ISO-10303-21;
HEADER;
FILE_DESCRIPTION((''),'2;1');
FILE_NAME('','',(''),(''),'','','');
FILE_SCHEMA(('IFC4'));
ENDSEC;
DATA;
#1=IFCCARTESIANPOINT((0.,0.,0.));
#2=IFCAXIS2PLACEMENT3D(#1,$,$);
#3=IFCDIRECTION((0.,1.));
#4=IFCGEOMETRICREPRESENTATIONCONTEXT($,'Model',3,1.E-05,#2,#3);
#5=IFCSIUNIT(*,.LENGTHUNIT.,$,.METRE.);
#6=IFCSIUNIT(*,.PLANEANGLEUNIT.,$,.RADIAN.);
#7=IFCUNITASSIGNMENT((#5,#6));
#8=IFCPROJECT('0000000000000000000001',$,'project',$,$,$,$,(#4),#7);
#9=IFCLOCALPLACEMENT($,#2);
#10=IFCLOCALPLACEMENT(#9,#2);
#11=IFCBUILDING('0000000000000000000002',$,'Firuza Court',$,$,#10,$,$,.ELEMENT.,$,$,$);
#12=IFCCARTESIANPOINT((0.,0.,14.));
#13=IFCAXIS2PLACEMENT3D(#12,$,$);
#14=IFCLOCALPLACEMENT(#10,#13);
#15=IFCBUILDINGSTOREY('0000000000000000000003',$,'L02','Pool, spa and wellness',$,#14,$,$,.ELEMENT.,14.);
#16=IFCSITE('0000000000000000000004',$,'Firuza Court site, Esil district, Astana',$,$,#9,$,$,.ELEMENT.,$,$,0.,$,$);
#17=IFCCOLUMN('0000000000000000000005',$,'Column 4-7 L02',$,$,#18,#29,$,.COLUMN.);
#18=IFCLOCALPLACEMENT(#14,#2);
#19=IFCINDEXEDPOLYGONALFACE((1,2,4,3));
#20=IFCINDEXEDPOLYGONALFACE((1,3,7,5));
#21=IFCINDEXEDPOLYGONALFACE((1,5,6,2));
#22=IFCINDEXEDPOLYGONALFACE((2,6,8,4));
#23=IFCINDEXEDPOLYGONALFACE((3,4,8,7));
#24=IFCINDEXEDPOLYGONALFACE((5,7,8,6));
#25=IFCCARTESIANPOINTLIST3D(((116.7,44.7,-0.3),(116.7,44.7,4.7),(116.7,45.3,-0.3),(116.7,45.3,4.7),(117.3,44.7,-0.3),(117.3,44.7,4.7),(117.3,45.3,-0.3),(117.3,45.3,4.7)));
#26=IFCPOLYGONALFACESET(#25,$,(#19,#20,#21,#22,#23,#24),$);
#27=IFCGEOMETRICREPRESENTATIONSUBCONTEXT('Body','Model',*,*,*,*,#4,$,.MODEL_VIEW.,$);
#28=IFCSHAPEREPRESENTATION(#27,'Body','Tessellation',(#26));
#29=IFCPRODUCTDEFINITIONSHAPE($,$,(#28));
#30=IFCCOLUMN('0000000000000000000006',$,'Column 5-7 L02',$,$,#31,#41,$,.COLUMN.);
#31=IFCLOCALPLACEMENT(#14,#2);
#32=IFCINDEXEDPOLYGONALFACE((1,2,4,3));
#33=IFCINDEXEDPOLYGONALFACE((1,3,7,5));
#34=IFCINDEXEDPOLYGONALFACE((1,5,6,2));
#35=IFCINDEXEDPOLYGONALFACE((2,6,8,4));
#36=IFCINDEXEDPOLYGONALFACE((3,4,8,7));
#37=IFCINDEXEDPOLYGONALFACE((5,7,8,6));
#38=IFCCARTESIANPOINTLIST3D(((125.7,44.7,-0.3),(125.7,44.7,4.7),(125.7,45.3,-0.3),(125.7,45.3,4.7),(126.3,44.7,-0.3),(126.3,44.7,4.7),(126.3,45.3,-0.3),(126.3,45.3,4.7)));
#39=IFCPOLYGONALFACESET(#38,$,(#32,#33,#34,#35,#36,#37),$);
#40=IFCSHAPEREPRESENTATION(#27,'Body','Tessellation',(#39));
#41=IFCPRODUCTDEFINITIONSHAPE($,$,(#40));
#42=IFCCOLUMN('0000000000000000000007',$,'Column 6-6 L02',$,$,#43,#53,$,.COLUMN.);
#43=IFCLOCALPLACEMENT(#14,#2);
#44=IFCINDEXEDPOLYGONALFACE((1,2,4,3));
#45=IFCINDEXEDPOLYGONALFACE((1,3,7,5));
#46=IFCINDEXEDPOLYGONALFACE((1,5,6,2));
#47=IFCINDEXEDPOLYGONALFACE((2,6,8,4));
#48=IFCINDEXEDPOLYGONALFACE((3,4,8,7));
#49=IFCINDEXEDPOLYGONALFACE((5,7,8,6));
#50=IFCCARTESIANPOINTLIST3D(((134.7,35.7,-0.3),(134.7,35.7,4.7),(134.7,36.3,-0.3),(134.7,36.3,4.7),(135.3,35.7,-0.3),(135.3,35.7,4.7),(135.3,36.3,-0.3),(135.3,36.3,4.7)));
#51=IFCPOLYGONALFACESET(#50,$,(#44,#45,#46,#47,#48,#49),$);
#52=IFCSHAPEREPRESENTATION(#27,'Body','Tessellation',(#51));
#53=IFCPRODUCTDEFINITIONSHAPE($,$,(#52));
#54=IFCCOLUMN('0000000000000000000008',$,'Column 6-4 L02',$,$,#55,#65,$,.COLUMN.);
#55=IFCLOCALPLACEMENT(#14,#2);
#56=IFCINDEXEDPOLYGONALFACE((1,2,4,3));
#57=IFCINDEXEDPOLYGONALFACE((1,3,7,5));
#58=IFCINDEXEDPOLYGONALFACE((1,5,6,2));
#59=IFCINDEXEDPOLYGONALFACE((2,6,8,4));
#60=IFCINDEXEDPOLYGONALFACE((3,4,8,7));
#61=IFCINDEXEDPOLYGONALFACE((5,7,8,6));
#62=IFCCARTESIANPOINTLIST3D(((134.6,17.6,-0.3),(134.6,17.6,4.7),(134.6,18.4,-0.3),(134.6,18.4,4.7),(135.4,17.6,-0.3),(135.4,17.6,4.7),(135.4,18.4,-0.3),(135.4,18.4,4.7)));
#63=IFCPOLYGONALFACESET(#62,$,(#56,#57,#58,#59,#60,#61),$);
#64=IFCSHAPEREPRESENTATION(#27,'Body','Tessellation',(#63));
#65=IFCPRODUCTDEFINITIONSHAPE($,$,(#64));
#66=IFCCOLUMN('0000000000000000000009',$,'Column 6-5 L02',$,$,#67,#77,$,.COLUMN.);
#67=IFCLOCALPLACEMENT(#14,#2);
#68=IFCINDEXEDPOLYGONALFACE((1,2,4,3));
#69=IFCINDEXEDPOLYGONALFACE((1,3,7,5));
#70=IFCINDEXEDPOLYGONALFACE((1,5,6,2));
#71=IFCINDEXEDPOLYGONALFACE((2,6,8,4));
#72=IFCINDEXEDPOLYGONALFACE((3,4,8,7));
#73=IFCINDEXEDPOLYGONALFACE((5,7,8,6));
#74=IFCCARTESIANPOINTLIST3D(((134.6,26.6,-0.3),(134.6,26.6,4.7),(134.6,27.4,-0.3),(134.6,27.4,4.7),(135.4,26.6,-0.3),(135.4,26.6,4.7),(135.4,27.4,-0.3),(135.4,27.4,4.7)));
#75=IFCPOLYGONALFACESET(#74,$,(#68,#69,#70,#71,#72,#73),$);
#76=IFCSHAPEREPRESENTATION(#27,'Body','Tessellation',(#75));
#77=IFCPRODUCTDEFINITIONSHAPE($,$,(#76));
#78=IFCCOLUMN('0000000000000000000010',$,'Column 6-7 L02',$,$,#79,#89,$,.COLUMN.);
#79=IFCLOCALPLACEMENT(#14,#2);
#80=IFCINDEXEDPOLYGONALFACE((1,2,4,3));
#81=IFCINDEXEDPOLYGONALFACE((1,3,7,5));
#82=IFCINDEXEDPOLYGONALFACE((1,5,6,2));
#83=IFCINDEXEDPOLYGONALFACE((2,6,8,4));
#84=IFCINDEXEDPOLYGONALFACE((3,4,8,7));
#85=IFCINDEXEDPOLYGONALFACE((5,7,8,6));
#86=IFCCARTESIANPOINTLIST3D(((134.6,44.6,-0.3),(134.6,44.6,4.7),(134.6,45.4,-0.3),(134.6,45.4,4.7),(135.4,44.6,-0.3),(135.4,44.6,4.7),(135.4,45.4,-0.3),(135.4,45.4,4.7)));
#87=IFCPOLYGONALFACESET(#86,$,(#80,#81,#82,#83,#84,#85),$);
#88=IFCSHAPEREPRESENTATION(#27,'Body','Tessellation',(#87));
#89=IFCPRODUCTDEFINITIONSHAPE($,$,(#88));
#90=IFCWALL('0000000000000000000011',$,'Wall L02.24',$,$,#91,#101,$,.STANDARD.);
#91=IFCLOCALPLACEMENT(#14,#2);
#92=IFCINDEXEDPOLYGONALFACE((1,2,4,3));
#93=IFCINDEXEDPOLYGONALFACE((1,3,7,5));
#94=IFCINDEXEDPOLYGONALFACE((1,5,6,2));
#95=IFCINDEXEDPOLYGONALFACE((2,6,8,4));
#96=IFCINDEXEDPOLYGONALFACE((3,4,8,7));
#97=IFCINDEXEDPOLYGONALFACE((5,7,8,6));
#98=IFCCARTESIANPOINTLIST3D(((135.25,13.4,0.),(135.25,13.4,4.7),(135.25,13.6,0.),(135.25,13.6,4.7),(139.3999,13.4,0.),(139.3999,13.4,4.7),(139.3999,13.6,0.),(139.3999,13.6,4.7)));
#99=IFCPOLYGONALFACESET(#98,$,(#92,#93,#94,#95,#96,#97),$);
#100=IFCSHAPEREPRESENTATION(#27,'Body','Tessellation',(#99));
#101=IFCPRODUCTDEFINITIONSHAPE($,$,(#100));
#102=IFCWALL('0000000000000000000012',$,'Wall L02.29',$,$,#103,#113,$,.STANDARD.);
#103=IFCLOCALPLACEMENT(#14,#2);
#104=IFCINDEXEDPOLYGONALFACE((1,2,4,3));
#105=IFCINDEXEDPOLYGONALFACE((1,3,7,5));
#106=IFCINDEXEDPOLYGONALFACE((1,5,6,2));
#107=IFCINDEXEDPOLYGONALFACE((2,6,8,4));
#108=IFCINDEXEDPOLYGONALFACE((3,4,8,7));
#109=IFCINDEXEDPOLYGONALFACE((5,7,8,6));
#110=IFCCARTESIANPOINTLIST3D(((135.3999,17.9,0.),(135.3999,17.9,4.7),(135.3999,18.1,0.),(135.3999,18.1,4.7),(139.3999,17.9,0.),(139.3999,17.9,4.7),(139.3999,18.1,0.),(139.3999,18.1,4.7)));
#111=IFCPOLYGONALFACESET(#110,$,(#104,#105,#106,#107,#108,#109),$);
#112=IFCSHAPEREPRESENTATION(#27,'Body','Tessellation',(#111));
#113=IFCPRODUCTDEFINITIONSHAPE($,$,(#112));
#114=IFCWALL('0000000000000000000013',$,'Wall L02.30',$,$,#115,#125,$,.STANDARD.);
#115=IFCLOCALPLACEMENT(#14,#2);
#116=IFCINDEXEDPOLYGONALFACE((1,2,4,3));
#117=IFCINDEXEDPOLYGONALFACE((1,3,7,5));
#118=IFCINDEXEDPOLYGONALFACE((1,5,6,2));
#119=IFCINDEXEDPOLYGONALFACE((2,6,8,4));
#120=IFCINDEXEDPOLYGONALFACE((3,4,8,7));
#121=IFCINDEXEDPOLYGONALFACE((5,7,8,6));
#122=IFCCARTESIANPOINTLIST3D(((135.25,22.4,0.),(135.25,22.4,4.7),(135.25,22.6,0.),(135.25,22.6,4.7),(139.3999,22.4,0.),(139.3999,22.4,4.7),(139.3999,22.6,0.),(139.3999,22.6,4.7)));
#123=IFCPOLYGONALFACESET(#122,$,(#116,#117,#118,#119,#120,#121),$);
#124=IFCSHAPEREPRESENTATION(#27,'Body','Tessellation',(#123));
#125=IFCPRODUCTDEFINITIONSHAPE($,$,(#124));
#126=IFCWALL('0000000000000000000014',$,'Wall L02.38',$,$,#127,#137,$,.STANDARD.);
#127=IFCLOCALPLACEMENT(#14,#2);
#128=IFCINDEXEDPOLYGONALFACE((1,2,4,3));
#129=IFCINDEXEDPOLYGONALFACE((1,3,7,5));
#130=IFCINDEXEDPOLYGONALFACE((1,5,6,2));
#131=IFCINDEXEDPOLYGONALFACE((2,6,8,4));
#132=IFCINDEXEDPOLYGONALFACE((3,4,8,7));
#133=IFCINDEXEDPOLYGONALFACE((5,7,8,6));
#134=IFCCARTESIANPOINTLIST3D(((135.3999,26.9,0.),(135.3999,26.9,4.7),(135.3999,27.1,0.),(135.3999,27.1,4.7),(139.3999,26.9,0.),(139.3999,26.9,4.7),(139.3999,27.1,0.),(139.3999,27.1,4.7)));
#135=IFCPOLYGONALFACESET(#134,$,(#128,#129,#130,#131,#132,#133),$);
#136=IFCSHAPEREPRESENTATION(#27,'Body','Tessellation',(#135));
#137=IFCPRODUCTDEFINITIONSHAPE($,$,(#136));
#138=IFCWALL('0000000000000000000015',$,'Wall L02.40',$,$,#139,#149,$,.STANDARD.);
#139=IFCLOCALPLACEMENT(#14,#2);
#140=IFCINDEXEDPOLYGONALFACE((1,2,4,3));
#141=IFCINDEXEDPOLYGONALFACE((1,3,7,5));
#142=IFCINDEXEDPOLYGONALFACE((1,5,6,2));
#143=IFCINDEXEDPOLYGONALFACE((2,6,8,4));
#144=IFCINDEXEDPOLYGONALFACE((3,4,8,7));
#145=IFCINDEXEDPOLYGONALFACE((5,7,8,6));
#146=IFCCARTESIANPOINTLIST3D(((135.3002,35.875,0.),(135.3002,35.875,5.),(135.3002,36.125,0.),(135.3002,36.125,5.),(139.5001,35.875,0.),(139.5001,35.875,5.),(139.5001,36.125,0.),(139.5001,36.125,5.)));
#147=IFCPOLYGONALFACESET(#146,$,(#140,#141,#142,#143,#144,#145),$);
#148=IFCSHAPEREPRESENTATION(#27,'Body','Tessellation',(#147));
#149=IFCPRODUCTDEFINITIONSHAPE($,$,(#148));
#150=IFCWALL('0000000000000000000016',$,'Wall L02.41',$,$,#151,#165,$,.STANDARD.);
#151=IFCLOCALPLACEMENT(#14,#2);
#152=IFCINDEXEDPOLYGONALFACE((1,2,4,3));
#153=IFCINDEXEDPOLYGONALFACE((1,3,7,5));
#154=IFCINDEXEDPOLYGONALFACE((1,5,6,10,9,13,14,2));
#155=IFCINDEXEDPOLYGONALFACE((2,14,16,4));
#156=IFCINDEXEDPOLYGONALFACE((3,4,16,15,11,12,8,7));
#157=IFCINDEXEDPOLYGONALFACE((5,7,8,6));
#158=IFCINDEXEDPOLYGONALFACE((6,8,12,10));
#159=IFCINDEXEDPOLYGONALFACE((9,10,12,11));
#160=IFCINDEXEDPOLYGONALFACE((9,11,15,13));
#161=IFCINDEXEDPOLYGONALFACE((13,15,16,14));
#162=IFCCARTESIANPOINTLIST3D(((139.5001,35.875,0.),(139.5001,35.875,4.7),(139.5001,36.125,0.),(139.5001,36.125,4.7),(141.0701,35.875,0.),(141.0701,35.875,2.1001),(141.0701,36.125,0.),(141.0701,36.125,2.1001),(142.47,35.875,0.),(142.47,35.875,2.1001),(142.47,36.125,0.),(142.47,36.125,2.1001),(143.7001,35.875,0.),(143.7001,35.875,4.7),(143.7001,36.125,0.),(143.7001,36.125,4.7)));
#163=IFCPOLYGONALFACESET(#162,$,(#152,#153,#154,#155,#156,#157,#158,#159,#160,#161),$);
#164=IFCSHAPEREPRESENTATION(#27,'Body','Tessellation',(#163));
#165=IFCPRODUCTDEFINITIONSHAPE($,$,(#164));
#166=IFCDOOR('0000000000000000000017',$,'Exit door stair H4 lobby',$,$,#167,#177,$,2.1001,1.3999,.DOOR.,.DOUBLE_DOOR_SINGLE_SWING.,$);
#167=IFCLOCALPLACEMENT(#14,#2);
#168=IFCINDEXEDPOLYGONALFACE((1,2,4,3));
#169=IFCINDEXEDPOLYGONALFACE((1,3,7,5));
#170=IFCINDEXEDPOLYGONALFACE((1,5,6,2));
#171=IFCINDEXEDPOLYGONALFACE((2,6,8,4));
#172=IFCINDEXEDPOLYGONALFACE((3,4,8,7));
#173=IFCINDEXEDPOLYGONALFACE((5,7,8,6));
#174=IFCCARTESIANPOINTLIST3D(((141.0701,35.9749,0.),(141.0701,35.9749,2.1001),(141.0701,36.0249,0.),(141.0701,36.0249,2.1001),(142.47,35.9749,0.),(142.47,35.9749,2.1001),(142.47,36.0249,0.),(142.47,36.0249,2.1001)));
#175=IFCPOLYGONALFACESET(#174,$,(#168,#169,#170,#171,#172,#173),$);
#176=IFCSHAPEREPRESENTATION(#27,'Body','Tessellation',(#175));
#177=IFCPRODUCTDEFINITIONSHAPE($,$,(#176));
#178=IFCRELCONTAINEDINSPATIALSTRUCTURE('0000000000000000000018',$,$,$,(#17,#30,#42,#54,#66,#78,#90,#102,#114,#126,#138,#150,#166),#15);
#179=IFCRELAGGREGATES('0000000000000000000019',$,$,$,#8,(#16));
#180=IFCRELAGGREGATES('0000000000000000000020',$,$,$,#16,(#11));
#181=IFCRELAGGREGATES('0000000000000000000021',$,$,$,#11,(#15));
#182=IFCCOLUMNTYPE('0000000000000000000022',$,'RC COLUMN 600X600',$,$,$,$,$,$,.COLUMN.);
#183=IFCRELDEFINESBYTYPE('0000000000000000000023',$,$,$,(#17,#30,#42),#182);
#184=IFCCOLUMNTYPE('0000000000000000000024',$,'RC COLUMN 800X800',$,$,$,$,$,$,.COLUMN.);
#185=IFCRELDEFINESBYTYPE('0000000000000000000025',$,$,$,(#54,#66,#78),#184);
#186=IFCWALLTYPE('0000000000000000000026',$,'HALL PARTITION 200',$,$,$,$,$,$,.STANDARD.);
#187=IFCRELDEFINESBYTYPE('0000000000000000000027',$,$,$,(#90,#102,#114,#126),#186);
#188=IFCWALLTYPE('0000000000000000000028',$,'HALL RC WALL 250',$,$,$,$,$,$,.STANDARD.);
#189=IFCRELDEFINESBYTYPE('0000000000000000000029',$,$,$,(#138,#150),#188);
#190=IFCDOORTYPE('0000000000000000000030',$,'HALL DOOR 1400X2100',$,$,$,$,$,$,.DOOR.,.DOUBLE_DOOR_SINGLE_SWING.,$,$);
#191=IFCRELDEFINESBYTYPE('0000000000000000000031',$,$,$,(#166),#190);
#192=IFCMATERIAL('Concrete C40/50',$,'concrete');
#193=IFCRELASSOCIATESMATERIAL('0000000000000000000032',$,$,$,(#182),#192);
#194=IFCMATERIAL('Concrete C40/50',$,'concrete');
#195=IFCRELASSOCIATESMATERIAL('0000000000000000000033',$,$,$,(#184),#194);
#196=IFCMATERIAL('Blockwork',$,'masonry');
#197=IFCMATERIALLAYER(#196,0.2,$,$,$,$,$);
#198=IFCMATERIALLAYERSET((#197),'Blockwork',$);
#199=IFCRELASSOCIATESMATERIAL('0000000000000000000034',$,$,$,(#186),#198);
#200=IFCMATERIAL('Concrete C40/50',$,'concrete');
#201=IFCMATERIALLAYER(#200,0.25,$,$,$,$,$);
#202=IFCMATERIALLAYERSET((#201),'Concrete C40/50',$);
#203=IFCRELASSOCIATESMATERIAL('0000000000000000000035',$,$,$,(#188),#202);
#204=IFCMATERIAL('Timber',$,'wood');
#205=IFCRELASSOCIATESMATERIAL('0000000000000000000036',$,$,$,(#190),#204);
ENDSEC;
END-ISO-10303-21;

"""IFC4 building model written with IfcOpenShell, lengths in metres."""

from ifc_helpers import new_model, si_unit, direction, frame, frame_2d, origin, origin_2d, place, context, subcontext, project, spatial, rectangle, extrude, material, layer, layer_set, material_profile, profile_set, type_object, element, fill, save


model = new_model("IFC4")

# Units and contexts
model_context = context("Model", 3, precision=1e-05, world=origin(), true_north=direction((0.0, 1.0)))
body_context = subcontext(model_context, "Body", "Model", "MODEL_VIEW")
ifc_project = project(units=[si_unit("LENGTHUNIT", "METRE"), si_unit("PLANEANGLEUNIT", "RADIAN")], contexts=[model_context])

# Site, building, storey
site_placement = place(None, origin())
site = spatial("IfcSite", under=ifc_project, at=site_placement, Name="Firuza Court site, Esil district, Astana", CompositionType="ELEMENT", RefElevation=0.0)
building_placement = place(site_placement, origin())
building = spatial("IfcBuilding", under=site, at=building_placement, Name="Firuza Court", CompositionType="ELEMENT")
storey_placement = place(building_placement, frame((0.0, 0.0, 14.0)))
storey = spatial("IfcBuildingStorey", under=building, at=storey_placement, Name="L02", Description="Pool, spa and wellness", CompositionType="ELEMENT", Elevation=14.0)

# Columns
ifc_material_1 = material(Name="Concrete C40/50", Category="concrete")
ifc_material_profile_1 = material_profile(ifc_material_1, rectangle(XDim=0.6001, YDim=0.6001, at=origin_2d()), Name="RC 600X600")
ifc_profile_set_1 = profile_set([ifc_material_profile_1], Name="Concrete C40/50")
column_type_1 = type_object("IfcColumnType", Name="RC COLUMN 600X600", PredefinedType="COLUMN", material=ifc_profile_set_1)
for number, where, z_axis, x_axis, name in (
    (1, (117.0, 45.0, -0.3), (0.0, 0.0, 1.0), (1.0, 0.0, 0.0), "Column 4-7 L02"),
    (2, (126.0, 45.0, -0.3), (0.0, 0.0, 1.0), (1.0, 0.0, 0.0), "Column 5-7 L02"),
    (3, (135.0, 36.0, -0.3), (0.0, 0.0, 1.0), (1.0, 0.0, 0.0), "Column 6-6 L02"),
):
    element("IfcColumn", number, at=place(storey_placement, frame(where, z_axis=z_axis, x_axis=x_axis)), inside=storey, type_object=column_type_1, Name=name, PredefinedType="COLUMN", context=body_context, shape_type="SweptSolid", body=[
        extrude(rectangle(XDim=0.6001, YDim=0.6001, at=origin_2d()), origin(), (0.0, 0.0, 1.0), 5.0),
    ])
ifc_material_2 = material(Name="Concrete C40/50", Category="concrete")
ifc_material_profile_2 = material_profile(ifc_material_2, rectangle(XDim=0.8, YDim=0.8, at=origin_2d()), Name="RC 800X800")
ifc_profile_set_2 = profile_set([ifc_material_profile_2], Name="Concrete C40/50")
column_type_2 = type_object("IfcColumnType", Name="RC COLUMN 800X800", PredefinedType="COLUMN", material=ifc_profile_set_2)
for number, where, z_axis, x_axis, name in (
    (4, (135.0, 18.0, -0.3), (0.0, 0.0, 1.0), (1.0, 0.0, 0.0), "Column 6-4 L02"),
    (5, (135.0, 27.0, -0.3), (0.0, 0.0, 1.0), (1.0, 0.0, 0.0), "Column 6-5 L02"),
    (6, (135.0, 45.0, -0.3), (0.0, 0.0, 1.0), (1.0, 0.0, 0.0), "Column 6-7 L02"),
):
    element("IfcColumn", number, at=place(storey_placement, frame(where, z_axis=z_axis, x_axis=x_axis)), inside=storey, type_object=column_type_2, Name=name, PredefinedType="COLUMN", context=body_context, shape_type="SweptSolid", body=[
        extrude(rectangle(XDim=0.8, YDim=0.8, at=origin_2d()), origin(), (0.0, 0.0, 1.0), 5.0),
    ])

# Walls
ifc_material_3 = material(Name="Blockwork", Category="masonry")
ifc_layer_1 = layer(ifc_material_3, 0.2)
ifc_layer_set_1 = layer_set([ifc_layer_1], Name="Blockwork")
wall_type_1 = type_object("IfcWallType", Name="HALL PARTITION 200", PredefinedType="STANDARD", material=ifc_layer_set_1)
wall_1_placement = place(storey_placement, frame((135.25, 13.5, 0.0), z_axis=(0.0, 0.0, 1.0), x_axis=(1.0, 0.0, 0.0)))
element("IfcWall", 7, at=wall_1_placement, inside=storey, type_object=wall_type_1, Name="Wall L02.24", PredefinedType="STANDARD", context=body_context, shape_type="SweptSolid", body=[
    extrude(rectangle(XDim=4.1499, YDim=0.2, at=frame_2d((2.075, 0.0))), origin(), (0.0, 0.0, 1.0), 4.7),
])
wall_2_placement = place(storey_placement, frame((135.3999, 18.0, 0.0), z_axis=(0.0, 0.0, 1.0), x_axis=(1.0, 0.0, 0.0)))
element("IfcWall", 8, at=wall_2_placement, inside=storey, type_object=wall_type_1, Name="Wall L02.29", PredefinedType="STANDARD", context=body_context, shape_type="SweptSolid", body=[
    extrude(rectangle(XDim=4.0, YDim=0.2, at=frame_2d((2.0, 0.0))), origin(), (0.0, 0.0, 1.0), 4.7),
])
wall_3_placement = place(storey_placement, frame((135.25, 22.5, 0.0), z_axis=(0.0, 0.0, 1.0), x_axis=(1.0, 0.0, 0.0)))
element("IfcWall", 9, at=wall_3_placement, inside=storey, type_object=wall_type_1, Name="Wall L02.30", PredefinedType="STANDARD", context=body_context, shape_type="SweptSolid", body=[
    extrude(rectangle(XDim=4.1499, YDim=0.2, at=frame_2d((2.075, 0.0))), origin(), (0.0, 0.0, 1.0), 4.7),
])
wall_4_placement = place(storey_placement, frame((135.3999, 27.0, 0.0), z_axis=(0.0, 0.0, 1.0), x_axis=(1.0, 0.0, 0.0)))
element("IfcWall", 10, at=wall_4_placement, inside=storey, type_object=wall_type_1, Name="Wall L02.38", PredefinedType="STANDARD", context=body_context, shape_type="SweptSolid", body=[
    extrude(rectangle(XDim=4.0, YDim=0.2, at=frame_2d((2.0, 0.0))), origin(), (0.0, 0.0, 1.0), 4.7),
])
ifc_material_4 = material(Name="Concrete C40/50", Category="concrete")
ifc_layer_2 = layer(ifc_material_4, 0.25)
ifc_layer_set_2 = layer_set([ifc_layer_2], Name="Concrete C40/50")
wall_type_2 = type_object("IfcWallType", Name="HALL RC WALL 250", PredefinedType="STANDARD", material=ifc_layer_set_2)
wall_5_placement = place(storey_placement, frame((135.3, 36.0, 0.0), z_axis=(0.0, 0.0, 1.0), x_axis=(1.0, 0.0, 0.0)))
element("IfcWall", 11, at=wall_5_placement, inside=storey, type_object=wall_type_2, Name="Wall L02.40", PredefinedType="STANDARD", context=body_context, shape_type="SweptSolid", body=[
    extrude(rectangle(XDim=4.2, YDim=0.25, at=frame_2d((2.1001, 0.0))), origin(), (0.0, 0.0, 1.0), 5.0),
])

# Wall, opening, door
wall_6_placement = place(storey_placement, frame((139.5, 36.0, 0.0), z_axis=(0.0, 0.0, 1.0), x_axis=(1.0, 0.0, 0.0)))
wall_6 = element("IfcWall", 12, at=wall_6_placement, inside=storey, type_object=wall_type_2, Name="Wall L02.41", PredefinedType="STANDARD", context=body_context, shape_type="SweptSolid", body=[
    extrude(rectangle(XDim=4.2, YDim=0.25, at=frame_2d((2.1001, 0.0))), origin(), (0.0, 0.0, 1.0), 4.7),
])
opening_1_placement = place(wall_6_placement, frame((1.5701, 0.0, 0.0)))
opening_1 = element("IfcOpeningElement", 13, at=opening_1_placement, cuts=wall_6, PredefinedType="OPENING", context=body_context, shape_type="SweptSolid", body=[
    extrude(rectangle(XDim=1.3999, YDim=2.1001, at=frame_2d((0.7, 1.05))), frame((0.0, 0.137, 0.0), z_axis=(0.0, -1.0, 0.0), x_axis=(1.0, 0.0, 0.0)), (0.0, 0.0, 1.0), 0.2739),
])
ifc_material_5 = material(Name="Timber", Category="wood")
door_type = type_object("IfcDoorType", Name="HALL DOOR 1400X2100", OperationType="DOUBLE_DOOR_SINGLE_SWING", PredefinedType="DOOR", material=ifc_material_5)
door_1_placement = place(opening_1_placement, origin())
door_1 = element("IfcDoor", 14, at=door_1_placement, inside=storey, type_object=door_type, Name="Exit door stair H4 lobby", OperationType="DOUBLE_DOOR_SINGLE_SWING", OverallHeight=2.1001, OverallWidth=1.3999, PredefinedType="DOOR", context=body_context, shape_type="SweptSolid", body=[
    extrude(rectangle(XDim=1.3999, YDim=2.1001, at=frame_2d((0.7, 1.05))), frame((0.0, 0.0249, 0.0), z_axis=(0.0, -1.0, 0.0), x_axis=(1.0, 0.0, 0.0)), (0.0, 0.0, 1.0), 0.05),
])
fill(opening_1, door_1)

save(model, "model.ifc")
